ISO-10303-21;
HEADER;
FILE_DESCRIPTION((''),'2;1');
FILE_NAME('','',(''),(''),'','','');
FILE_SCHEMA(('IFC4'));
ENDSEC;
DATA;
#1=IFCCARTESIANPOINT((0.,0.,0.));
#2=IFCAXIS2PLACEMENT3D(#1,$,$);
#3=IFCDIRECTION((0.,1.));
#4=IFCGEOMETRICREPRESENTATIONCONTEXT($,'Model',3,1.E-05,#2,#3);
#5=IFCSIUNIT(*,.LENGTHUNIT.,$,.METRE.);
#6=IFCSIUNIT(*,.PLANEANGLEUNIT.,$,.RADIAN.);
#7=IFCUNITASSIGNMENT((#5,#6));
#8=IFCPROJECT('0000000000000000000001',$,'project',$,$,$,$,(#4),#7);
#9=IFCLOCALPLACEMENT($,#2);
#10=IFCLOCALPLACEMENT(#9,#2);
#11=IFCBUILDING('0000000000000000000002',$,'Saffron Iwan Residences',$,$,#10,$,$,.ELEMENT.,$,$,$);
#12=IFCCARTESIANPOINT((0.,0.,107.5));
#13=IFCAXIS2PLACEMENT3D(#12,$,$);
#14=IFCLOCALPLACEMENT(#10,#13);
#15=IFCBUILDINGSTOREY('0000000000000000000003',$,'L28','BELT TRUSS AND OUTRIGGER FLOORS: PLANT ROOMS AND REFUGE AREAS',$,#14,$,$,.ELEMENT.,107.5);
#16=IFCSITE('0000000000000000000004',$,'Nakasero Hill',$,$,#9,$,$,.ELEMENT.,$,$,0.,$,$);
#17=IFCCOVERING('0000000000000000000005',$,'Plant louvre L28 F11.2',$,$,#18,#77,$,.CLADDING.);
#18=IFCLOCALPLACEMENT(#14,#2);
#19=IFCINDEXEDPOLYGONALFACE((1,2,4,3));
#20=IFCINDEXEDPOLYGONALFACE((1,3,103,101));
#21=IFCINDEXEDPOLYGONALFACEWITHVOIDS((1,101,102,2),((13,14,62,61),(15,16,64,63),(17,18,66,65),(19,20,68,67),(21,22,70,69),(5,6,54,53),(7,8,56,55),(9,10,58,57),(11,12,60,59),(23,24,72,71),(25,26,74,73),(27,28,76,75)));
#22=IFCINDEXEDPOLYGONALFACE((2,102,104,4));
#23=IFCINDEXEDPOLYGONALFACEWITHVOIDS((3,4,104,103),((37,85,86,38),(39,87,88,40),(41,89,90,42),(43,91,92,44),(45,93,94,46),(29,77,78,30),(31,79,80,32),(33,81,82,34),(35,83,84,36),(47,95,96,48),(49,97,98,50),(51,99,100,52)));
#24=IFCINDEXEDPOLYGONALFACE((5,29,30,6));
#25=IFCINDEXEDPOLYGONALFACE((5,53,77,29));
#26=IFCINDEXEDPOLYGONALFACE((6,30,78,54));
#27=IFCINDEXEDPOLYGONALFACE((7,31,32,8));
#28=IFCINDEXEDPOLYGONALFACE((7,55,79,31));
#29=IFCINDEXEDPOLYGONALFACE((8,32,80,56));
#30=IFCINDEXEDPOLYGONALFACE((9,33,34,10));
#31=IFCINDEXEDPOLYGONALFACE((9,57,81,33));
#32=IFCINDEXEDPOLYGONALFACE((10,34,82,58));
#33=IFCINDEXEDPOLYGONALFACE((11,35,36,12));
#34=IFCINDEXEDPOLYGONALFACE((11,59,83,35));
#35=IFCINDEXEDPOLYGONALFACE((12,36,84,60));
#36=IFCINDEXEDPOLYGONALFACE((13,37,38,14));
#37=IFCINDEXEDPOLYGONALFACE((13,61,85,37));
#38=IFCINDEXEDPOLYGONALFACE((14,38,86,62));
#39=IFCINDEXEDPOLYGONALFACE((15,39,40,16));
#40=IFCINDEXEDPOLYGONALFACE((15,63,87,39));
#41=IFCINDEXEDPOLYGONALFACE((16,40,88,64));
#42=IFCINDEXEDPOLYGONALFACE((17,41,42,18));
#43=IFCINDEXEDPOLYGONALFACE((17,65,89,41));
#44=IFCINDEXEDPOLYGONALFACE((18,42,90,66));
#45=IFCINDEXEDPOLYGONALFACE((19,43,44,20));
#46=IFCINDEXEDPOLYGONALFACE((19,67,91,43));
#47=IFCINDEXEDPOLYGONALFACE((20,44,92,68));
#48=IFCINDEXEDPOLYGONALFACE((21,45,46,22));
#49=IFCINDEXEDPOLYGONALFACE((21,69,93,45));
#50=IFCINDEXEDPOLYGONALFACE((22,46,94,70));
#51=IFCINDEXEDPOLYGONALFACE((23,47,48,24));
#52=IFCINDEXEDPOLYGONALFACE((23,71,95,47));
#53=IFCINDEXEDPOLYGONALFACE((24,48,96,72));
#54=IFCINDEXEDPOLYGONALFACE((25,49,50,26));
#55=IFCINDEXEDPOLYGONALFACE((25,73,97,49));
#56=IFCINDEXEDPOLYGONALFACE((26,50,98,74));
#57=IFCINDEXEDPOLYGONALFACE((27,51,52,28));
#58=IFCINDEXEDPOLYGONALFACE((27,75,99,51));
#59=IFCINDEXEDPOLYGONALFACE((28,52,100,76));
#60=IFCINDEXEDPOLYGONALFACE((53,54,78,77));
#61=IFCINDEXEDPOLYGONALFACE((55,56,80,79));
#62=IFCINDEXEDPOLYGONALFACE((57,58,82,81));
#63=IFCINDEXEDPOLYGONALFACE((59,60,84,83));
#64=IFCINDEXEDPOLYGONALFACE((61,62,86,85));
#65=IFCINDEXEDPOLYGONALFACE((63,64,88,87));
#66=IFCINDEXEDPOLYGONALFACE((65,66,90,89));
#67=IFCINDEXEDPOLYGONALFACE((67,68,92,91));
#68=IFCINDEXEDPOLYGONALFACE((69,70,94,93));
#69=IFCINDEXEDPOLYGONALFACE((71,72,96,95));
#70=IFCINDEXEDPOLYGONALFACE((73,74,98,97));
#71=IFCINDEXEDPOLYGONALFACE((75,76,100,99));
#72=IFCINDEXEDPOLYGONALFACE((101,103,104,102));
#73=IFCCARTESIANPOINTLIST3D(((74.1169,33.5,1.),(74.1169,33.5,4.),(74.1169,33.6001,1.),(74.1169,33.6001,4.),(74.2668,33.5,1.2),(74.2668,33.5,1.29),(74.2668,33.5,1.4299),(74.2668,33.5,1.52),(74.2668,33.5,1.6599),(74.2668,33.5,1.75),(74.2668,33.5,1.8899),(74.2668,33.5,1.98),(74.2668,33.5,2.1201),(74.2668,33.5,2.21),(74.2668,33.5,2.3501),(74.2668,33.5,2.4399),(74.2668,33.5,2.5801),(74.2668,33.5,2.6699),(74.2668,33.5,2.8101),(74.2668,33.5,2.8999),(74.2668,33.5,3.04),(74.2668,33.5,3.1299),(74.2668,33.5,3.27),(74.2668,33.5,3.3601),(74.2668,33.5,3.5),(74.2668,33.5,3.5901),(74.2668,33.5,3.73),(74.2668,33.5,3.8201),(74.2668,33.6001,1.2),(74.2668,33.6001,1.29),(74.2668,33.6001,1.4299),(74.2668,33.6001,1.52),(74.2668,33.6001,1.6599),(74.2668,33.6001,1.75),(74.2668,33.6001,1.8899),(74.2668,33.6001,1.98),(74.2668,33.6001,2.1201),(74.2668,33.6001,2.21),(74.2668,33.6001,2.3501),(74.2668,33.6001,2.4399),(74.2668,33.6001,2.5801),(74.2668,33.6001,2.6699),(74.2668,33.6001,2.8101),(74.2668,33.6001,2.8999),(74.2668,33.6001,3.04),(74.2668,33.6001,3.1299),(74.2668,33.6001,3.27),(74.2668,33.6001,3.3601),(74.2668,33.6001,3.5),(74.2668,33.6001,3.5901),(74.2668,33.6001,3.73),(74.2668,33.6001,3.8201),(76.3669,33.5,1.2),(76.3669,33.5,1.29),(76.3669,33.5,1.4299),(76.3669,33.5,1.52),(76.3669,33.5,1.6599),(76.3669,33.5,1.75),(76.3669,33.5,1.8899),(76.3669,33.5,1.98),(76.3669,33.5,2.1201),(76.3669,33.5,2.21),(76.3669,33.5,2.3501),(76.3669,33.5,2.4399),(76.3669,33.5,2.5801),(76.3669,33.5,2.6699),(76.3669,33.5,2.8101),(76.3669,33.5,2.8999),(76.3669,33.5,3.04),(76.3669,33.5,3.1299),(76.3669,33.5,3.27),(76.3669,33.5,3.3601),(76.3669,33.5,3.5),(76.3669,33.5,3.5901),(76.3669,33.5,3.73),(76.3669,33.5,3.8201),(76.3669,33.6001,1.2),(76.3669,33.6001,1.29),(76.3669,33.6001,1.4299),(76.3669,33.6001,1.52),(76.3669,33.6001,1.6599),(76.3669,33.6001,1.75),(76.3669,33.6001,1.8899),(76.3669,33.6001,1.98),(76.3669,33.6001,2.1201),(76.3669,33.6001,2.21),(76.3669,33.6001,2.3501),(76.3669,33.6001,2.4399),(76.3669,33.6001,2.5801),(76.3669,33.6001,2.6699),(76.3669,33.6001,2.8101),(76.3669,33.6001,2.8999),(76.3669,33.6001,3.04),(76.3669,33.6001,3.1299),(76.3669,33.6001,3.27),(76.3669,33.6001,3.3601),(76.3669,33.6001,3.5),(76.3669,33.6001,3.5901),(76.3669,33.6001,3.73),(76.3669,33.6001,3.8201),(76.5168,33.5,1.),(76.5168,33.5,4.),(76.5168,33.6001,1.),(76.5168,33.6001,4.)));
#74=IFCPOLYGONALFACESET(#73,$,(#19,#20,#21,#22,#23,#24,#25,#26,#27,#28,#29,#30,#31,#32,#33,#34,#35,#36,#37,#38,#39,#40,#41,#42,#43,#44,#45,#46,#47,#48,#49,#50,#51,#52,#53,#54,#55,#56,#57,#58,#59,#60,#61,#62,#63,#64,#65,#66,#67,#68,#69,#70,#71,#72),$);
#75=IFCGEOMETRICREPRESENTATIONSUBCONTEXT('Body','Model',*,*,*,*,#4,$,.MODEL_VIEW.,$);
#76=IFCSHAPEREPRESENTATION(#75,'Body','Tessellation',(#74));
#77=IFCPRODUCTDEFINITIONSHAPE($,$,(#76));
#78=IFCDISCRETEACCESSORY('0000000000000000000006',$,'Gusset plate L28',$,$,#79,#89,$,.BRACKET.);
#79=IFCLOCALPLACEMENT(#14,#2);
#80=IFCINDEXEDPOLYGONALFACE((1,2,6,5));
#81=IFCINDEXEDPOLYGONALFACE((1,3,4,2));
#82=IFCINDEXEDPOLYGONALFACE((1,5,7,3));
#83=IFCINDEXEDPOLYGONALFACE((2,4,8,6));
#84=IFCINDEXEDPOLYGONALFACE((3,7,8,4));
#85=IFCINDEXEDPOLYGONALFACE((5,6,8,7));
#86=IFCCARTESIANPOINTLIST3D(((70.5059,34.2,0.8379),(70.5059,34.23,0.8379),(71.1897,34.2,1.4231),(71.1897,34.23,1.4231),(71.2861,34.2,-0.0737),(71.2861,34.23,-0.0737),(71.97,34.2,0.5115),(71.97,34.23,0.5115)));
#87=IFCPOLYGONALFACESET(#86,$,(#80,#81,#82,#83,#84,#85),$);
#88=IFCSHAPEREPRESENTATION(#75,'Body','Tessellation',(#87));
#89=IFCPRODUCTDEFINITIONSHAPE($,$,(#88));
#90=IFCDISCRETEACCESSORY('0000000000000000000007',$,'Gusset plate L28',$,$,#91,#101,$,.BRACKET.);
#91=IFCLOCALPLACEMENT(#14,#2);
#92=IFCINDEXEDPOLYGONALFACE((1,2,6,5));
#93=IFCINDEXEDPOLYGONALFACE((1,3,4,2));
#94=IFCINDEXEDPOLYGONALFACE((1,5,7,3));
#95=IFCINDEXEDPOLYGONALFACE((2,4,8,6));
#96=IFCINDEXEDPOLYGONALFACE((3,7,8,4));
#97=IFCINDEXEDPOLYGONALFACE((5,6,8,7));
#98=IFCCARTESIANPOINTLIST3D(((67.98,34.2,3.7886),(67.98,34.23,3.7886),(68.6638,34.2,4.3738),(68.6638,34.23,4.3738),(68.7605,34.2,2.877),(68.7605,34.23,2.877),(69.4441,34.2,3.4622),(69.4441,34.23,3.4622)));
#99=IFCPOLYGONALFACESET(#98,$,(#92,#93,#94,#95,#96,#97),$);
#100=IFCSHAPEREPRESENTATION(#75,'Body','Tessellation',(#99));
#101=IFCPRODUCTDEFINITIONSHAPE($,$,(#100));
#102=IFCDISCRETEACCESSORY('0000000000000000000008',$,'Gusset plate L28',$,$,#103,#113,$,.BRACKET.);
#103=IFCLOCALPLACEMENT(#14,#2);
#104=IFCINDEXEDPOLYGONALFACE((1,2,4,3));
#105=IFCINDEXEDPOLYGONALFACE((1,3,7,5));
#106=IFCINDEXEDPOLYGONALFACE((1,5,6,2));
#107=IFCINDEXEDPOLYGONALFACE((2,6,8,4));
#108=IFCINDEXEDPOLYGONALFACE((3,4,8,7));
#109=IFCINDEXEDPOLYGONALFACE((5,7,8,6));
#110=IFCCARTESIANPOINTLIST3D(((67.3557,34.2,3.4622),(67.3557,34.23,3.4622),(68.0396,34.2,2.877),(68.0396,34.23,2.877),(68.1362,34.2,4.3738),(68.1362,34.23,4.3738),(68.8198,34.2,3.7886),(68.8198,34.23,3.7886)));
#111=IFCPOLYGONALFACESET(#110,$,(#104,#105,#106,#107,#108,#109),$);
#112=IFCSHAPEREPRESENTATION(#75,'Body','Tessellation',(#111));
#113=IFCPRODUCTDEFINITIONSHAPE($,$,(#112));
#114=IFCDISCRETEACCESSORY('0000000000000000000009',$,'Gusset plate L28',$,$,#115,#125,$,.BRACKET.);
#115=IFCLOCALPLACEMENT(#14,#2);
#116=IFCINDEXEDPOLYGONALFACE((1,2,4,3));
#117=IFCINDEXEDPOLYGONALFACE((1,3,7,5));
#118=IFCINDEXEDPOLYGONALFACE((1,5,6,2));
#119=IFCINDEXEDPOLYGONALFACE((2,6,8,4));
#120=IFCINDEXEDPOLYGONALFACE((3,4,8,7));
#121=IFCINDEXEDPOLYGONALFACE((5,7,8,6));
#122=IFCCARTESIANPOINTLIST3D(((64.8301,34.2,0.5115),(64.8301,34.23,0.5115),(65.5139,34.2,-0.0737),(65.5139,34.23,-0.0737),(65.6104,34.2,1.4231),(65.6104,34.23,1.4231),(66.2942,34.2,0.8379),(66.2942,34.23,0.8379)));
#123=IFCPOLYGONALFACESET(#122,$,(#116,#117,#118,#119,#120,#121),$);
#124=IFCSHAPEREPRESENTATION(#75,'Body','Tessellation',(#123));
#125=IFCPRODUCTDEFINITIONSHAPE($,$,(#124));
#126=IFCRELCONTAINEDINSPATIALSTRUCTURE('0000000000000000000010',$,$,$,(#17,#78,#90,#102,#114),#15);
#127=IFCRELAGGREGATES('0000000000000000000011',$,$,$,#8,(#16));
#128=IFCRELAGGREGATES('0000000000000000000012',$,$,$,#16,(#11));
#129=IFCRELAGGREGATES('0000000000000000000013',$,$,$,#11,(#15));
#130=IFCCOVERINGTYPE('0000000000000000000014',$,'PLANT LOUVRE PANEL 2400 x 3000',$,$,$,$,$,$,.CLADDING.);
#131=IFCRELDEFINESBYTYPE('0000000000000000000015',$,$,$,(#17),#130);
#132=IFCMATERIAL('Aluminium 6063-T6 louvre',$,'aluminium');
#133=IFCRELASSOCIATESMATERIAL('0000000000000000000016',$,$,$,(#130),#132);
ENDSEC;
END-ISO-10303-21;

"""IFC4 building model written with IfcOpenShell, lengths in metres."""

from ifc_helpers import new_model, si_unit, direction, frame, origin, place, context, subcontext, project, spatial, polyline, outline, extrude, material, type_object, element, save


model = new_model("IFC4")

# Units and contexts
model_context = context("Model", 3, precision=1e-05, world=origin(), true_north=direction((0.0, 1.0)))
body_context = subcontext(model_context, "Body", "Model", "MODEL_VIEW")
ifc_project = project(units=[si_unit("LENGTHUNIT", "METRE"), si_unit("PLANEANGLEUNIT", "RADIAN")], contexts=[model_context])

# Site, building, storey
site_placement = place(None, origin())
site = spatial("IfcSite", under=ifc_project, at=site_placement, Name="Nakasero Hill", CompositionType="ELEMENT", RefElevation=0.0)
building_placement = place(site_placement, origin())
building = spatial("IfcBuilding", under=site, at=building_placement, Name="Saffron Iwan Residences", CompositionType="ELEMENT")
storey_placement = place(building_placement, frame((0.0, 0.0, 107.5)))
storey = spatial("IfcBuildingStorey", under=building, at=storey_placement, Name="L28", Description="BELT TRUSS AND OUTRIGGER FLOORS: PLANT ROOMS AND REFUGE AREAS", CompositionType="ELEMENT", Elevation=107.5)

# Covering
ifc_material_1 = material(Name="Aluminium 6063-T6 louvre", Category="aluminium")
covering_type_1 = type_object("IfcCoveringType", Name="PLANT LOUVRE PANEL 2400 x 3000", PredefinedType="CLADDING", material=ifc_material_1)
covering_1_placement = place(storey_placement, frame((74.1169, 33.6001, 1.0), z_axis=(0.0, -1.0, 0.0), x_axis=(1.0, 0.0, 0.0)))
element("IfcCovering", 1, at=covering_1_placement, inside=storey, type_object=covering_type_1, Name="Plant louvre L28 F11.2", PredefinedType="CLADDING", context=body_context, shape_type="SweptSolid", body=[
    extrude(outline(polyline([(0.0, 0.0), (2.3999, 0.0), (2.3999, 3.0), (0.0, 3.0), (0.0, 0.0)]), holes=[polyline([(0.1499, 0.2), (2.25, 0.2), (2.25, 0.29), (0.1499, 0.29), (0.1499, 0.2)]), polyline([(0.1499, 0.4299), (2.25, 0.4299), (2.25, 0.52), (0.1499, 0.52), (0.1499, 0.4299)]), polyline([(0.1499, 0.6599), (2.25, 0.6599), (2.25, 0.75), (0.1499, 0.75), (0.1499, 0.6599)]), polyline([(0.1499, 0.8899), (2.25, 0.8899), (2.25, 0.98), (0.1499, 0.98), (0.1499, 0.8899)]), polyline([(0.1499, 1.1201), (2.25, 1.1201), (2.25, 1.21), (0.1499, 1.21), (0.1499, 1.1201)]), polyline([(0.1499, 1.3501), (2.25, 1.3501), (2.25, 1.4399), (0.1499, 1.4399), (0.1499, 1.3501)]), polyline([(0.1499, 1.5801), (2.25, 1.5801), (2.25, 1.6699), (0.1499, 1.6699), (0.1499, 1.5801)]), polyline([(0.1499, 1.8101), (2.25, 1.8101), (2.25, 1.8999), (0.1499, 1.8999), (0.1499, 1.8101)]), polyline([(0.1499, 2.04), (2.25, 2.04), (2.25, 2.1299), (0.1499, 2.1299), (0.1499, 2.04)]), polyline([(0.1499, 2.27), (2.25, 2.27), (2.25, 2.3601), (0.1499, 2.3601), (0.1499, 2.27)]), polyline([(0.1499, 2.5), (2.25, 2.5), (2.25, 2.5901), (0.1499, 2.5901), (0.1499, 2.5)]), polyline([(0.1499, 2.73), (2.25, 2.73), (2.25, 2.8201), (0.1499, 2.8201), (0.1499, 2.73)])]), origin(), (0.0, 0.0, 1.0), 0.1001),
])

# Discrete accessories
discrete_accessory_1_placement = place(storey_placement, frame((71.97, 34.2, 0.5115), z_axis=(0.0, -1.0, 0.0), x_axis=(-0.650255, 0.0, 0.759716)))
element("IfcDiscreteAccessory", 2, at=discrete_accessory_1_placement, inside=storey, Name="Gusset plate L28", PredefinedType="BRACKET", context=body_context, shape_type="SweptSolid", body=[
    extrude(outline(polyline([(0.0, 0.0), (1.1999, 0.0), (1.2, 0.9001), (0.0001, 0.9001), (0.0, 0.0)])), origin(), (0.0, 0.0, -1.0), 0.03),
])
discrete_accessory_2_placement = place(storey_placement, frame((67.98, 34.2, 3.7886), z_axis=(0.0, -1.0, 0.0), x_axis=(0.650372, 0.0, -0.759615)))
element("IfcDiscreteAccessory", 3, at=discrete_accessory_2_placement, inside=storey, Name="Gusset plate L28", PredefinedType="BRACKET", context=body_context, shape_type="SweptSolid", body=[
    extrude(outline(polyline([(0.0, 0.0), (1.2001, 0.0), (1.2002, 0.8999), (0.0002, 0.9001), (0.0, 0.0)])), origin(), (0.0, 0.0, -1.0), 0.03),
])
discrete_accessory_3_placement = place(storey_placement, frame((68.1362, 34.2, 4.3738), z_axis=(0.0, -1.0, 0.0), x_axis=(-0.650372, 0.0, -0.759615)))
element("IfcDiscreteAccessory", 4, at=discrete_accessory_3_placement, inside=storey, Name="Gusset plate L28", PredefinedType="BRACKET", context=body_context, shape_type="SweptSolid", body=[
    extrude(outline(polyline([(0.0, 0.0), (1.2001, 0.0), (1.1999, 0.9001), (-0.0001, 0.8999), (0.0, 0.0)])), origin(), (0.0, 0.0, -1.0), 0.03),
])
discrete_accessory_4_placement = place(storey_placement, frame((65.5139, 34.2, -0.0737), z_axis=(0.0, -1.0, 0.0), x_axis=(0.650255, 0.0, 0.759716)))
element("IfcDiscreteAccessory", 5, at=discrete_accessory_4_placement, inside=storey, Name="Gusset plate L28", PredefinedType="BRACKET", context=body_context, shape_type="SweptSolid", body=[
    extrude(outline(polyline([(0.0, 0.0), (1.1999, 0.0), (1.1999, 0.9001), (-0.0001, 0.9001), (0.0, 0.0)])), origin(), (0.0, 0.0, -1.0), 0.03),
])

save(model, "model.ifc")
